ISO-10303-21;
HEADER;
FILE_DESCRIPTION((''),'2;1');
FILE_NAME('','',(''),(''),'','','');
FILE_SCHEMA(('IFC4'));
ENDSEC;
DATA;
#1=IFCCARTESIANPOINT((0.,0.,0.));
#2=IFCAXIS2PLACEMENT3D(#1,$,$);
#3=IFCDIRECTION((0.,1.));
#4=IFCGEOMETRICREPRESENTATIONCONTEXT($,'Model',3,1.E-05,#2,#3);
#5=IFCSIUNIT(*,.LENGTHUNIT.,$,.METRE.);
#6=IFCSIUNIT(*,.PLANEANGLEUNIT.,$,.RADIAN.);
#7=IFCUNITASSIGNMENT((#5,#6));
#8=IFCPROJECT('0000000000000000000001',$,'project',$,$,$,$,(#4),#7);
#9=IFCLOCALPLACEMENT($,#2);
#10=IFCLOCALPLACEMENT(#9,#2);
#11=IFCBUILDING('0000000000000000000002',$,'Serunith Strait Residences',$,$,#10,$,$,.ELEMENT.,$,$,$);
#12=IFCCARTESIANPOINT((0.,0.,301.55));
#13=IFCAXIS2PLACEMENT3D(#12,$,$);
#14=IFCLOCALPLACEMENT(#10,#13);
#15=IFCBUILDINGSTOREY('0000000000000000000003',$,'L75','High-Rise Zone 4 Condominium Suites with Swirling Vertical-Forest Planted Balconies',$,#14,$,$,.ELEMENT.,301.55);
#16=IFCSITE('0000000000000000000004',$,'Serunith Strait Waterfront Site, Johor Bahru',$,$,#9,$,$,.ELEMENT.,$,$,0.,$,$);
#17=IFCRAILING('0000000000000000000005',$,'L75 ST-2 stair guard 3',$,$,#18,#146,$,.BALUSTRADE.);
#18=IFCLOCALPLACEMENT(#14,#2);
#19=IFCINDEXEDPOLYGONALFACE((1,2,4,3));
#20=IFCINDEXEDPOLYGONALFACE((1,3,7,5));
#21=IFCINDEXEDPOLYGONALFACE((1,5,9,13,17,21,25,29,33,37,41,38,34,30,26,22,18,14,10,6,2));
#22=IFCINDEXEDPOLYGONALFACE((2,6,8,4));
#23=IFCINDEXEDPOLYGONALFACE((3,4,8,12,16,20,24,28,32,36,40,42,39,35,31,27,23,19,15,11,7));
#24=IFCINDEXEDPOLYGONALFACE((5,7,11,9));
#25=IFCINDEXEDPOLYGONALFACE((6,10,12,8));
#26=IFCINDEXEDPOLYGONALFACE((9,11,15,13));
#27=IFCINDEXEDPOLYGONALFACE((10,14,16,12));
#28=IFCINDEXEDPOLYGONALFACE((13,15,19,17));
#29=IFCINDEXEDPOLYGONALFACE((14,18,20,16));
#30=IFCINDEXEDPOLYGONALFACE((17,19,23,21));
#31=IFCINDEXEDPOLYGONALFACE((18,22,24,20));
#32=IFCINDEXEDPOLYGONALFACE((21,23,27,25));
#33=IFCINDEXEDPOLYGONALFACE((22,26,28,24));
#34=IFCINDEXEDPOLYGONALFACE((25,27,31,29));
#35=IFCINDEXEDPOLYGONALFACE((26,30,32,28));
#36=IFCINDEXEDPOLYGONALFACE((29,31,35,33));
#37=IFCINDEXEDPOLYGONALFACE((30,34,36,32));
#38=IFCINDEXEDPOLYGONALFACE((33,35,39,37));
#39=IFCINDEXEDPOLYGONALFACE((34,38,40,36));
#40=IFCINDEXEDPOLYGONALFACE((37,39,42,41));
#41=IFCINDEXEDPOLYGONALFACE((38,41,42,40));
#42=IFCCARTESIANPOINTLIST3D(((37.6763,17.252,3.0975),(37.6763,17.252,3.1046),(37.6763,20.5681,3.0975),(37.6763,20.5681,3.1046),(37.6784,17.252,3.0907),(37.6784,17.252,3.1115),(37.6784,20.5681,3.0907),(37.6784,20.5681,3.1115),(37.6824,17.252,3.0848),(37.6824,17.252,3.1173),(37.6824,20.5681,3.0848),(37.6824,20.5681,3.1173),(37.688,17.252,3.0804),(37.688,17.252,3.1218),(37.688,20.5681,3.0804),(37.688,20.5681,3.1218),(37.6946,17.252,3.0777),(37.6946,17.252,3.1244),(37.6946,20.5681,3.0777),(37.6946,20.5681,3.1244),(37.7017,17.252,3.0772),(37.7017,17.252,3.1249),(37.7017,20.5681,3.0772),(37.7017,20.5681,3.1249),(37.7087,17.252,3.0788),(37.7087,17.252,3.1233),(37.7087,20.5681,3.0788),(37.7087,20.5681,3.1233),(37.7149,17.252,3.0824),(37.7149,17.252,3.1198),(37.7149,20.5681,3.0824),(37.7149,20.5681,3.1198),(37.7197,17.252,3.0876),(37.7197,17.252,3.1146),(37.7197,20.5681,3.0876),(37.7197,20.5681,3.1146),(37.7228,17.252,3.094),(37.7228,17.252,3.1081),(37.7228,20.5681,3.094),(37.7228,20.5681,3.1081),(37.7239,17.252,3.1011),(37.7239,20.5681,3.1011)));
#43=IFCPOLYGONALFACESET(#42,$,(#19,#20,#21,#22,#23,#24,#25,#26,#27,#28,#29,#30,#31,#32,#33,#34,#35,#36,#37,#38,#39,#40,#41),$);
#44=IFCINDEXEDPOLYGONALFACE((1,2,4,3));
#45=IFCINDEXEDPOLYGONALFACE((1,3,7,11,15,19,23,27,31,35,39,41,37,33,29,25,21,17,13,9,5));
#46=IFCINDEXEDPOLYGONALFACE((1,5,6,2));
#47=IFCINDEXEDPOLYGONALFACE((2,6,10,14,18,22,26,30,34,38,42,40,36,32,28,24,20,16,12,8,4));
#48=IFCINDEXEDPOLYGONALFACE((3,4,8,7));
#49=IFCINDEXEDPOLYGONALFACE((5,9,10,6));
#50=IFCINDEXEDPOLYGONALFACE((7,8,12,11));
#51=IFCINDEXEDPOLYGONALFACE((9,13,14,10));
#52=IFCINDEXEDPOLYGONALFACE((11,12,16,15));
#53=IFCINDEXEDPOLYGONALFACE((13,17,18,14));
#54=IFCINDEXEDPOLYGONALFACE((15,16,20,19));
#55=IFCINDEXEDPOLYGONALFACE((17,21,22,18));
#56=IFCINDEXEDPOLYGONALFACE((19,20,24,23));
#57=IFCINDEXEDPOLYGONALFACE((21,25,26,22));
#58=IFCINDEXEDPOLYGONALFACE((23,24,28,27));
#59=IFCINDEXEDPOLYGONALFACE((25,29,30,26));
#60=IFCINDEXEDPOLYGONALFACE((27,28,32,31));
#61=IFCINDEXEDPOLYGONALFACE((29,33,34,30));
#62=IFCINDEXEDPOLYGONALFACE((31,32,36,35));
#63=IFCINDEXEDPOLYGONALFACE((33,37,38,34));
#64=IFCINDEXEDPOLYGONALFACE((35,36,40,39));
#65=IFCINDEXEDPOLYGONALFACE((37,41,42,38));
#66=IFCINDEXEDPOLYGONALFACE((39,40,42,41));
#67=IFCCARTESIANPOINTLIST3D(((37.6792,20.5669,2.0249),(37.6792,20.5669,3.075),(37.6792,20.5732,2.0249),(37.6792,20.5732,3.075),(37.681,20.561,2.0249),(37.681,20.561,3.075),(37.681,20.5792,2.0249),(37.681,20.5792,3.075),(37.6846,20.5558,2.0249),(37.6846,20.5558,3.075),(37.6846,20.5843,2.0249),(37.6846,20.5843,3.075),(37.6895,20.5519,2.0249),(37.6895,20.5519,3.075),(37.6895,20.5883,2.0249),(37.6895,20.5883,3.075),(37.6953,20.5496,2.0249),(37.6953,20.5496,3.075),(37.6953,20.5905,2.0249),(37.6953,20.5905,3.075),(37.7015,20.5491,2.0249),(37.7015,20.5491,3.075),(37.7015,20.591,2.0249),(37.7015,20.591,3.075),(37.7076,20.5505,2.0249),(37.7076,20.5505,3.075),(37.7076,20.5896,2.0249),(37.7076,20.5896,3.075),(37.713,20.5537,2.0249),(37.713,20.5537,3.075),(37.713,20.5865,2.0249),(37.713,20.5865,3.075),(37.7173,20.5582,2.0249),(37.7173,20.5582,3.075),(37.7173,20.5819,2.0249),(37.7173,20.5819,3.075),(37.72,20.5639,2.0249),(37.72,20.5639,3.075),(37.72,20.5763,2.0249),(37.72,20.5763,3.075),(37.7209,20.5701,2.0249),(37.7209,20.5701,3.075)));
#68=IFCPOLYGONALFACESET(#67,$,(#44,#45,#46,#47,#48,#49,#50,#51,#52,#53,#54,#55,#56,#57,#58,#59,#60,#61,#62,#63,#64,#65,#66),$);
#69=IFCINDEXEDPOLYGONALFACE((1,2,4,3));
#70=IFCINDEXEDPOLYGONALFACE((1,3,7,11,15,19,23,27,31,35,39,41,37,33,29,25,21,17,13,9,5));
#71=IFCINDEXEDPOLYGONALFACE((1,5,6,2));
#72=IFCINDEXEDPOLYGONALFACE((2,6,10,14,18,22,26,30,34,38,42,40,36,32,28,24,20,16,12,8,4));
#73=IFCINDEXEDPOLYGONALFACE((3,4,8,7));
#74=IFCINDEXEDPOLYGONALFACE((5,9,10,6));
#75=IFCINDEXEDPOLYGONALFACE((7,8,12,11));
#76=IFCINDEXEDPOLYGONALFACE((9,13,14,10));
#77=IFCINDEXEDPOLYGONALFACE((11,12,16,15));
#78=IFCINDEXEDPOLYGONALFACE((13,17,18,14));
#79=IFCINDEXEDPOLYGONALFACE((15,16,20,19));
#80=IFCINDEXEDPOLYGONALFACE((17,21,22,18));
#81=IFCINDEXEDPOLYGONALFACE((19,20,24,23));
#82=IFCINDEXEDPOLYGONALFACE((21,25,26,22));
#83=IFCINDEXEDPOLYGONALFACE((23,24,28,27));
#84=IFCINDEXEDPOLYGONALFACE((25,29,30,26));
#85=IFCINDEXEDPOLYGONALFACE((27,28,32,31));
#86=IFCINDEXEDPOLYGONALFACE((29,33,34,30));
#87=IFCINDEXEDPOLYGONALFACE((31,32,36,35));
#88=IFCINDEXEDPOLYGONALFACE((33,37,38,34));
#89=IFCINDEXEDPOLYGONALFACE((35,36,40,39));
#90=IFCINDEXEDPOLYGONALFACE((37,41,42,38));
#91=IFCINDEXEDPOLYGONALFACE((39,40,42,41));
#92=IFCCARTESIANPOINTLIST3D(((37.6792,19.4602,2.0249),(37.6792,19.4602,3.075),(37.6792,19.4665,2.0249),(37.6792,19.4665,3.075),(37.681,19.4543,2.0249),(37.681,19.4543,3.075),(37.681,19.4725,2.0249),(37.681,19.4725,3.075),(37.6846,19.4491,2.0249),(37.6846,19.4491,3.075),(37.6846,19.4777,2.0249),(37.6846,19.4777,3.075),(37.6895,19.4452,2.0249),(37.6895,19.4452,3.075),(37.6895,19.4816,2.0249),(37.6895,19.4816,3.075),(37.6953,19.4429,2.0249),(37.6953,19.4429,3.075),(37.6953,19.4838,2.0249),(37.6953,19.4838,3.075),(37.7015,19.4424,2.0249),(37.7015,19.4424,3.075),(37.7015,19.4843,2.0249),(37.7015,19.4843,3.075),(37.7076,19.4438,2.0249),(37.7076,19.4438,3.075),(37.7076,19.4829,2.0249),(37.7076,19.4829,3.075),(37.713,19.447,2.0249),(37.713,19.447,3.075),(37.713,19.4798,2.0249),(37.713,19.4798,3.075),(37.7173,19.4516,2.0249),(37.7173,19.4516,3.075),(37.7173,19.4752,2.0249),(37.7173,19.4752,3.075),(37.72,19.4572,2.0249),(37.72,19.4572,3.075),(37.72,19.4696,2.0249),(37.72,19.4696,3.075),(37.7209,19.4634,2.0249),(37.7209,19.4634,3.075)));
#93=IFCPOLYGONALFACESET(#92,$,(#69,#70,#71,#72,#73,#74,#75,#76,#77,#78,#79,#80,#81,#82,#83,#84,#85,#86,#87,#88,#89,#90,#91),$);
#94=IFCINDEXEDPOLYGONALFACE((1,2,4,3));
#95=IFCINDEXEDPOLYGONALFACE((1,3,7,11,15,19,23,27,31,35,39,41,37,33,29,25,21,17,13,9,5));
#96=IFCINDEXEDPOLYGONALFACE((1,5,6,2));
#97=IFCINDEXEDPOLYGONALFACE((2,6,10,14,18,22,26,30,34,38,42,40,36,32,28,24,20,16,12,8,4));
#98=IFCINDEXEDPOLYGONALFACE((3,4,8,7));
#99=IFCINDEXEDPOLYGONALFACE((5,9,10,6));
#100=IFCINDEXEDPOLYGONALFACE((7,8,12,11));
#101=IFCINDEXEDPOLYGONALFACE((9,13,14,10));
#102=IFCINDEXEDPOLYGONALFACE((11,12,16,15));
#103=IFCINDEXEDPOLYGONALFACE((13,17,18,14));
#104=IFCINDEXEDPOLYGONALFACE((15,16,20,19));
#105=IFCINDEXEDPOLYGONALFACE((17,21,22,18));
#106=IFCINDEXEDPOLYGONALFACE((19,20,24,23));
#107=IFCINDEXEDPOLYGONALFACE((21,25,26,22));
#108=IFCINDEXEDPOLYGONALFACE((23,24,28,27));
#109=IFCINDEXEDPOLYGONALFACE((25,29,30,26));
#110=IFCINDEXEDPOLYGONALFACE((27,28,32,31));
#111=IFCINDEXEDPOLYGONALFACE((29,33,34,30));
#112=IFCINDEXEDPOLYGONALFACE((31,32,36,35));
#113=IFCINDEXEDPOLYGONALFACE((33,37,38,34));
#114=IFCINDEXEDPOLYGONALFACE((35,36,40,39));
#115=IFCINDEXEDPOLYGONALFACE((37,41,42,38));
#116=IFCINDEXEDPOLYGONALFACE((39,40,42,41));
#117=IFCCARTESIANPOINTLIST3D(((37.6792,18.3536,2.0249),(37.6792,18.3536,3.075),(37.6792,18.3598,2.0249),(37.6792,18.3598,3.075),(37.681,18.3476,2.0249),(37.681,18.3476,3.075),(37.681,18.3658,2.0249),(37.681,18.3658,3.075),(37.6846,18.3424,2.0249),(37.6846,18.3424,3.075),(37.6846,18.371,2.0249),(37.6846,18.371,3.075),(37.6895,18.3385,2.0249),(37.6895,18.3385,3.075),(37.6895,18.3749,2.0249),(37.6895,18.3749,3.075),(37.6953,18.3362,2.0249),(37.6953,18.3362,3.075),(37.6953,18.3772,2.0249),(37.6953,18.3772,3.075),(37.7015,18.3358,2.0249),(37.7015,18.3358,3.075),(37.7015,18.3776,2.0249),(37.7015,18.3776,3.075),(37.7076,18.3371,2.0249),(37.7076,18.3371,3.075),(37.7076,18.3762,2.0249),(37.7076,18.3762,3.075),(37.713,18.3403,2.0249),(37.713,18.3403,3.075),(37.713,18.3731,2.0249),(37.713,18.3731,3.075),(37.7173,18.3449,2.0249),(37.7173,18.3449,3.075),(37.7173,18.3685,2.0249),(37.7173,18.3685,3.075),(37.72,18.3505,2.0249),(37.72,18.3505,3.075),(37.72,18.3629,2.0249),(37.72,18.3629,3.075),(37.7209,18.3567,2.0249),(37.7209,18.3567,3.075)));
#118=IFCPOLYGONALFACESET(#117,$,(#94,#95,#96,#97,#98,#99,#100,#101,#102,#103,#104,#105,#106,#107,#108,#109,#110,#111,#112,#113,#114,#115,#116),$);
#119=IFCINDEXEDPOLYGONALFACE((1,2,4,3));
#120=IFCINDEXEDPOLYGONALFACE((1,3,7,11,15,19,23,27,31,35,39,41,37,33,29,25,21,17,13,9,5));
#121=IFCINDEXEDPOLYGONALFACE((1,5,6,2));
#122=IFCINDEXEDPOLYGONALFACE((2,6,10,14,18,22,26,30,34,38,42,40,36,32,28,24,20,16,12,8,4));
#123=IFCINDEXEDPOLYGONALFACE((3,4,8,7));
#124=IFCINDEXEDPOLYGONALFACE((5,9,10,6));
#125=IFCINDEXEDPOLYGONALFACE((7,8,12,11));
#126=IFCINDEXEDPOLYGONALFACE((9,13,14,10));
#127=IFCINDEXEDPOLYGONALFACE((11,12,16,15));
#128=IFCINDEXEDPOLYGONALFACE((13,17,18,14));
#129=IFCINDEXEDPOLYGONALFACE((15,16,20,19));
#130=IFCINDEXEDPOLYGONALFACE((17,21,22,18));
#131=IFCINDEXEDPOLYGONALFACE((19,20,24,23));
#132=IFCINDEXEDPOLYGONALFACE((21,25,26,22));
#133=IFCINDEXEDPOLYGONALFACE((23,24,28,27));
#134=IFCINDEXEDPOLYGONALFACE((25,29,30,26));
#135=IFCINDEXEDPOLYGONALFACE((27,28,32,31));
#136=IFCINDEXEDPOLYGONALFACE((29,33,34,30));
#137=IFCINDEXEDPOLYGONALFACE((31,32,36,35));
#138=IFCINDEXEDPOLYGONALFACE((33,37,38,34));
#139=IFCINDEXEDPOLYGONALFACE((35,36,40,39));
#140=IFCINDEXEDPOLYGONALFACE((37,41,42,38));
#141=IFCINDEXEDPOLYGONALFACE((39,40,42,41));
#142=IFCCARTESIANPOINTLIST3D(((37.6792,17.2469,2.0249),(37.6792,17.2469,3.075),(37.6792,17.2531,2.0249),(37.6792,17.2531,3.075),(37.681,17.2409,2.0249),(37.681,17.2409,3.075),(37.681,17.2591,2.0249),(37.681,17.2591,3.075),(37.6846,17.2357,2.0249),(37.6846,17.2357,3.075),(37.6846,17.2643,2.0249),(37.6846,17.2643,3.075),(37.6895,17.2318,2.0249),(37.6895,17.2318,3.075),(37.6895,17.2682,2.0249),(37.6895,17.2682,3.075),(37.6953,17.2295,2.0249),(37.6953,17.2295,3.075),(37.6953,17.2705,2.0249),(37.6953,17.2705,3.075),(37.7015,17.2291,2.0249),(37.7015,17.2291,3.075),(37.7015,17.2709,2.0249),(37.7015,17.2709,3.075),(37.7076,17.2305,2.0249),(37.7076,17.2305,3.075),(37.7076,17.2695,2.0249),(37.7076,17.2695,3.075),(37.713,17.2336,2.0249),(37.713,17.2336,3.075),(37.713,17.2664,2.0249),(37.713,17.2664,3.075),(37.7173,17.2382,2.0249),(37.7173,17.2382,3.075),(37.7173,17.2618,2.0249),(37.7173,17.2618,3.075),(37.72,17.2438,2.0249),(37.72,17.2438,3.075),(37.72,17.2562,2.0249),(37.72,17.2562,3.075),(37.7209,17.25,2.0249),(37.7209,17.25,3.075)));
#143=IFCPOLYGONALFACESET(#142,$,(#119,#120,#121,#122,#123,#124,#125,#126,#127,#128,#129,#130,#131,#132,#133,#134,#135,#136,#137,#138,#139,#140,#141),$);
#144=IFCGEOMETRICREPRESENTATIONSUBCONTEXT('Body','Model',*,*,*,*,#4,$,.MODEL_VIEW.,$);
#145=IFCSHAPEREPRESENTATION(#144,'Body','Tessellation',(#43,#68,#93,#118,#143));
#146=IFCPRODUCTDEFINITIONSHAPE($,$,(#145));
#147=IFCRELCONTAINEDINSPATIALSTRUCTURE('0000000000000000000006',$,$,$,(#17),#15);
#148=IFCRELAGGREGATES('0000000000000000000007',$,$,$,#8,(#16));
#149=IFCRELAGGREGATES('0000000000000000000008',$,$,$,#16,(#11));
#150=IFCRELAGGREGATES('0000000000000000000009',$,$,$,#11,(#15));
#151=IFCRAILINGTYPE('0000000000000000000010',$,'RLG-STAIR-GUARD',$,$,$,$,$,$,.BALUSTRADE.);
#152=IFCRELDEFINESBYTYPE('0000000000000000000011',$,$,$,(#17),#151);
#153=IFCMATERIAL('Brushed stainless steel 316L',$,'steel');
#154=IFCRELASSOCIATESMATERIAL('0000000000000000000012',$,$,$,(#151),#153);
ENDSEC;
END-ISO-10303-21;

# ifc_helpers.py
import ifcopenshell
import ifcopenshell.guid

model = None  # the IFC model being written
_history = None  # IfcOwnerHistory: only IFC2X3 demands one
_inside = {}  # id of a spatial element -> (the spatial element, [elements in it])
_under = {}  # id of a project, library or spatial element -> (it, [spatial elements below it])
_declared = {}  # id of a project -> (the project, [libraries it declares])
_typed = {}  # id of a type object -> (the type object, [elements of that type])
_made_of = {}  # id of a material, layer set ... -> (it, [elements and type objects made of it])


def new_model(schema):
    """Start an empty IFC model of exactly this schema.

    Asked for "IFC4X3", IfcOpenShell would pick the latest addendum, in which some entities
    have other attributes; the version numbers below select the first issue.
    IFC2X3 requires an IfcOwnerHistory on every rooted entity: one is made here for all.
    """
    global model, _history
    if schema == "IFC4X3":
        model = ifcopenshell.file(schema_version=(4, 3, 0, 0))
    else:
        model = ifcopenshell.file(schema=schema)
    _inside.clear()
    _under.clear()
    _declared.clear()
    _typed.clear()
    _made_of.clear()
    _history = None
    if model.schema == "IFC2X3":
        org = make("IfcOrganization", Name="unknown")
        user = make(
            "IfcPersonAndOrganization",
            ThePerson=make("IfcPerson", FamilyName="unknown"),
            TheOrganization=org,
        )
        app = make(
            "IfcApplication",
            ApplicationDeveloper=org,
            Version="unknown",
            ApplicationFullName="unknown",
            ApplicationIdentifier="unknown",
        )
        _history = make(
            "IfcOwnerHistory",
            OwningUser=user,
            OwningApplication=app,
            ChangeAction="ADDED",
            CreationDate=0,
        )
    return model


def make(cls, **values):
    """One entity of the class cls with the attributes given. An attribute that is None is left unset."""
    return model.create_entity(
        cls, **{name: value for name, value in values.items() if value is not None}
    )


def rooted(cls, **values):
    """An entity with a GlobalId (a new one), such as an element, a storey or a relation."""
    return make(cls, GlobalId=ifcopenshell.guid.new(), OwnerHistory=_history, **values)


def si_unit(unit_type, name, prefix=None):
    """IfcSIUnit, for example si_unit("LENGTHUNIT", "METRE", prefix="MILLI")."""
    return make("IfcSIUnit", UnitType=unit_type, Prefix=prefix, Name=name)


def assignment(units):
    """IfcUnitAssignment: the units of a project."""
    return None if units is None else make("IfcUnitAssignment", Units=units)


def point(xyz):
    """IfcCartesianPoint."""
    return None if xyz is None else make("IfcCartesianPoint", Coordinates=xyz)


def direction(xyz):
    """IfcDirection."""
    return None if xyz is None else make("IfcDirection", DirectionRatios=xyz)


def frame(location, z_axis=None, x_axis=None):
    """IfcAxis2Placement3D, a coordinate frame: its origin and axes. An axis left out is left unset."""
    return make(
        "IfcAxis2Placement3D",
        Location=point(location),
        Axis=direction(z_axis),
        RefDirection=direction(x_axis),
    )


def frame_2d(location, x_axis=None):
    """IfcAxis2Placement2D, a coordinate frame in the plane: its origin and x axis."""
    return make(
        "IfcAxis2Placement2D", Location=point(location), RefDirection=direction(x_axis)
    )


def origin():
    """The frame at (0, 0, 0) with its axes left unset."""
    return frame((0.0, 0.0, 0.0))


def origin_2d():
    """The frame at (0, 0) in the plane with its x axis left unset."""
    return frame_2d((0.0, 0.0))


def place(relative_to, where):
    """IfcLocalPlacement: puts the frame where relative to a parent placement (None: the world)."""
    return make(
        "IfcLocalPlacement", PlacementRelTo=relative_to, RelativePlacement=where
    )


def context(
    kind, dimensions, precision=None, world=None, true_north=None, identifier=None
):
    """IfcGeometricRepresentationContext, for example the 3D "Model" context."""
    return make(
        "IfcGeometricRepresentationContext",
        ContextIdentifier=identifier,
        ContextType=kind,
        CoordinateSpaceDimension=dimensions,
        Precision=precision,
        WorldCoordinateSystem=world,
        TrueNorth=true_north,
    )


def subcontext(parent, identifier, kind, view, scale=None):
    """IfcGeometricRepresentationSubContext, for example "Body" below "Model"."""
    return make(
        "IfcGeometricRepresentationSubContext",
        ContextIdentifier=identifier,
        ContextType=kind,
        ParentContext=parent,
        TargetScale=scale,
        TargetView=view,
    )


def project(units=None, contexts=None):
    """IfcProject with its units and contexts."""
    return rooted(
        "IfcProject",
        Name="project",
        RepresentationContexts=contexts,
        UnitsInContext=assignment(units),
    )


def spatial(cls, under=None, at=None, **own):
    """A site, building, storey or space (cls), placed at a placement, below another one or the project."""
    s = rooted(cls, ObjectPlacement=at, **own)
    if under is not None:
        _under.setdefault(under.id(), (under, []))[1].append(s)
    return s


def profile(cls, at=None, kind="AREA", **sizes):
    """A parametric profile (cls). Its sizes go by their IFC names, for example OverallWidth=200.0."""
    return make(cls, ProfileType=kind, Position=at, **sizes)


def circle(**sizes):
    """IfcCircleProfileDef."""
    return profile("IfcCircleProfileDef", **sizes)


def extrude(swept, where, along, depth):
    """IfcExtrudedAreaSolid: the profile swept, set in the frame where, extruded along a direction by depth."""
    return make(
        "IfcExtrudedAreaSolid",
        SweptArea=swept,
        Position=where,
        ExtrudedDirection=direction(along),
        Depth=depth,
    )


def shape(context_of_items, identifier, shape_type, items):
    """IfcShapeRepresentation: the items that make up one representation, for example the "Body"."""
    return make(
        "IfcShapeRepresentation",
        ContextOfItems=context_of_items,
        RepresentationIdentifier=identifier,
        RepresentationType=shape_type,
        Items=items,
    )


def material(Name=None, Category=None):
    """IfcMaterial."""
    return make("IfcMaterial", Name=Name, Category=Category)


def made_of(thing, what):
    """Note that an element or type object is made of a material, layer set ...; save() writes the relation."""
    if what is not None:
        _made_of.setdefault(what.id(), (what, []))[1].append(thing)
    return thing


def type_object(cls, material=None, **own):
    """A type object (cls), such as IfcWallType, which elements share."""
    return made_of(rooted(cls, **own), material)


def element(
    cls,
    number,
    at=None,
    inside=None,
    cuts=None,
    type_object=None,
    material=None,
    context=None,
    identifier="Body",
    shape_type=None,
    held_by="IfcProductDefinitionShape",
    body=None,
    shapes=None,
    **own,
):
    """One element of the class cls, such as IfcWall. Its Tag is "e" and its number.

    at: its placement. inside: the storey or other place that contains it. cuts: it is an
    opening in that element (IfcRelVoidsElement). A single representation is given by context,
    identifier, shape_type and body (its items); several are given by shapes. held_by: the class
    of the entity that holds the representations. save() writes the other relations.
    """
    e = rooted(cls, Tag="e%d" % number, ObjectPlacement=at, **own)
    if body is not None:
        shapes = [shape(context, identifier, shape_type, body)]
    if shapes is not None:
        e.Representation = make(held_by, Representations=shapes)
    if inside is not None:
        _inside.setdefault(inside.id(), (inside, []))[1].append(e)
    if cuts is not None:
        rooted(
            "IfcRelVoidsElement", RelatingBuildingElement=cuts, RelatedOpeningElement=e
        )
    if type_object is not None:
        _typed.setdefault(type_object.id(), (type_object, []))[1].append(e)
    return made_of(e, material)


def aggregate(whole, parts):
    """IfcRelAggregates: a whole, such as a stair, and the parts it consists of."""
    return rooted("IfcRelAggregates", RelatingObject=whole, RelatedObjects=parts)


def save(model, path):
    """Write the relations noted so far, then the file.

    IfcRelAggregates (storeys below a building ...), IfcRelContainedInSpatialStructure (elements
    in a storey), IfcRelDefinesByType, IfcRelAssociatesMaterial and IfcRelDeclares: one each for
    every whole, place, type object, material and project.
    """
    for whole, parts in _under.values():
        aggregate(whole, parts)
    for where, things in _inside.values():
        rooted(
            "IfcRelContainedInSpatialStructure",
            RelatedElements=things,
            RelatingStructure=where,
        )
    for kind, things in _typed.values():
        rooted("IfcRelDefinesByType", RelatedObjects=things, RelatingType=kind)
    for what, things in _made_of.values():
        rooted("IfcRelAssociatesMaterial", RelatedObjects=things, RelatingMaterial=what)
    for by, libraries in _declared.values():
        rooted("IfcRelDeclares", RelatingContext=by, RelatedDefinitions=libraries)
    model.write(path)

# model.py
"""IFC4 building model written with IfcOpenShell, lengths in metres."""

from ifc_helpers import new_model, si_unit, direction, frame, origin, origin_2d, place, context, subcontext, project, spatial, circle, extrude, material, type_object, element, save


model = new_model("IFC4")

# Units and contexts
model_context = context("Model", 3, precision=1e-05, world=origin(), true_north=direction((0.0, 1.0)))
body_context = subcontext(model_context, "Body", "Model", "MODEL_VIEW")
ifc_project = project(units=[si_unit("LENGTHUNIT", "METRE"), si_unit("PLANEANGLEUNIT", "RADIAN")], contexts=[model_context])

# Site, building, storey
site_placement = place(None, origin())
site = spatial("IfcSite", under=ifc_project, at=site_placement, Name="Serunith Strait Waterfront Site, Johor Bahru", CompositionType="ELEMENT", RefElevation=0.0)
building_placement = place(site_placement, origin())
building = spatial("IfcBuilding", under=site, at=building_placement, Name="Serunith Strait Residences", CompositionType="ELEMENT")
storey_placement = place(building_placement, frame((0.0, 0.0, 301.55)))
storey = spatial("IfcBuildingStorey", under=building, at=storey_placement, Name="L75", Description="High-Rise Zone 4 Condominium Suites with Swirling Vertical-Forest Planted Balconies", CompositionType="ELEMENT", Elevation=301.55)

# Railing
ifc_material_1 = material(Name="Brushed stainless steel 316L", Category="steel")
railing_type_1 = type_object("IfcRailingType", Name="RLG-STAIR-GUARD", PredefinedType="BALUSTRADE", material=ifc_material_1)
for number, where, name in (
    (1, (37.7, 20.5701, 2.0249), "L75 ST-2 stair guard 3"),
):
    element("IfcRailing", number, at=place(storey_placement, frame(where)), inside=storey, type_object=railing_type_1, Name=name, PredefinedType="BALUSTRADE", context=body_context, shape_type="SweptSolid", body=[
        extrude(circle(Radius=0.0239, at=origin_2d()), frame((0.0, -0.002, 1.0762), z_axis=(0.0, -1.0, 0.0), x_axis=(1.0, 0.0, 0.0)), (0.0, 0.0, 1.0), 3.3162),
        extrude(circle(Radius=0.021, at=origin_2d()), origin(), (0.0, 0.0, 1.0), 1.05),
        extrude(circle(Radius=0.021, at=origin_2d()), frame((0.0, -1.1067, 0.0)), (0.0, 0.0, 1.0), 1.05),
        extrude(circle(Radius=0.021, at=origin_2d()), frame((0.0, -2.2134, 0.0)), (0.0, 0.0, 1.0), 1.05),
        extrude(circle(Radius=0.021, at=origin_2d()), frame((0.0, -3.3201, 0.0)), (0.0, 0.0, 1.0), 1.05),
    ])

save(model, "model.ifc")
